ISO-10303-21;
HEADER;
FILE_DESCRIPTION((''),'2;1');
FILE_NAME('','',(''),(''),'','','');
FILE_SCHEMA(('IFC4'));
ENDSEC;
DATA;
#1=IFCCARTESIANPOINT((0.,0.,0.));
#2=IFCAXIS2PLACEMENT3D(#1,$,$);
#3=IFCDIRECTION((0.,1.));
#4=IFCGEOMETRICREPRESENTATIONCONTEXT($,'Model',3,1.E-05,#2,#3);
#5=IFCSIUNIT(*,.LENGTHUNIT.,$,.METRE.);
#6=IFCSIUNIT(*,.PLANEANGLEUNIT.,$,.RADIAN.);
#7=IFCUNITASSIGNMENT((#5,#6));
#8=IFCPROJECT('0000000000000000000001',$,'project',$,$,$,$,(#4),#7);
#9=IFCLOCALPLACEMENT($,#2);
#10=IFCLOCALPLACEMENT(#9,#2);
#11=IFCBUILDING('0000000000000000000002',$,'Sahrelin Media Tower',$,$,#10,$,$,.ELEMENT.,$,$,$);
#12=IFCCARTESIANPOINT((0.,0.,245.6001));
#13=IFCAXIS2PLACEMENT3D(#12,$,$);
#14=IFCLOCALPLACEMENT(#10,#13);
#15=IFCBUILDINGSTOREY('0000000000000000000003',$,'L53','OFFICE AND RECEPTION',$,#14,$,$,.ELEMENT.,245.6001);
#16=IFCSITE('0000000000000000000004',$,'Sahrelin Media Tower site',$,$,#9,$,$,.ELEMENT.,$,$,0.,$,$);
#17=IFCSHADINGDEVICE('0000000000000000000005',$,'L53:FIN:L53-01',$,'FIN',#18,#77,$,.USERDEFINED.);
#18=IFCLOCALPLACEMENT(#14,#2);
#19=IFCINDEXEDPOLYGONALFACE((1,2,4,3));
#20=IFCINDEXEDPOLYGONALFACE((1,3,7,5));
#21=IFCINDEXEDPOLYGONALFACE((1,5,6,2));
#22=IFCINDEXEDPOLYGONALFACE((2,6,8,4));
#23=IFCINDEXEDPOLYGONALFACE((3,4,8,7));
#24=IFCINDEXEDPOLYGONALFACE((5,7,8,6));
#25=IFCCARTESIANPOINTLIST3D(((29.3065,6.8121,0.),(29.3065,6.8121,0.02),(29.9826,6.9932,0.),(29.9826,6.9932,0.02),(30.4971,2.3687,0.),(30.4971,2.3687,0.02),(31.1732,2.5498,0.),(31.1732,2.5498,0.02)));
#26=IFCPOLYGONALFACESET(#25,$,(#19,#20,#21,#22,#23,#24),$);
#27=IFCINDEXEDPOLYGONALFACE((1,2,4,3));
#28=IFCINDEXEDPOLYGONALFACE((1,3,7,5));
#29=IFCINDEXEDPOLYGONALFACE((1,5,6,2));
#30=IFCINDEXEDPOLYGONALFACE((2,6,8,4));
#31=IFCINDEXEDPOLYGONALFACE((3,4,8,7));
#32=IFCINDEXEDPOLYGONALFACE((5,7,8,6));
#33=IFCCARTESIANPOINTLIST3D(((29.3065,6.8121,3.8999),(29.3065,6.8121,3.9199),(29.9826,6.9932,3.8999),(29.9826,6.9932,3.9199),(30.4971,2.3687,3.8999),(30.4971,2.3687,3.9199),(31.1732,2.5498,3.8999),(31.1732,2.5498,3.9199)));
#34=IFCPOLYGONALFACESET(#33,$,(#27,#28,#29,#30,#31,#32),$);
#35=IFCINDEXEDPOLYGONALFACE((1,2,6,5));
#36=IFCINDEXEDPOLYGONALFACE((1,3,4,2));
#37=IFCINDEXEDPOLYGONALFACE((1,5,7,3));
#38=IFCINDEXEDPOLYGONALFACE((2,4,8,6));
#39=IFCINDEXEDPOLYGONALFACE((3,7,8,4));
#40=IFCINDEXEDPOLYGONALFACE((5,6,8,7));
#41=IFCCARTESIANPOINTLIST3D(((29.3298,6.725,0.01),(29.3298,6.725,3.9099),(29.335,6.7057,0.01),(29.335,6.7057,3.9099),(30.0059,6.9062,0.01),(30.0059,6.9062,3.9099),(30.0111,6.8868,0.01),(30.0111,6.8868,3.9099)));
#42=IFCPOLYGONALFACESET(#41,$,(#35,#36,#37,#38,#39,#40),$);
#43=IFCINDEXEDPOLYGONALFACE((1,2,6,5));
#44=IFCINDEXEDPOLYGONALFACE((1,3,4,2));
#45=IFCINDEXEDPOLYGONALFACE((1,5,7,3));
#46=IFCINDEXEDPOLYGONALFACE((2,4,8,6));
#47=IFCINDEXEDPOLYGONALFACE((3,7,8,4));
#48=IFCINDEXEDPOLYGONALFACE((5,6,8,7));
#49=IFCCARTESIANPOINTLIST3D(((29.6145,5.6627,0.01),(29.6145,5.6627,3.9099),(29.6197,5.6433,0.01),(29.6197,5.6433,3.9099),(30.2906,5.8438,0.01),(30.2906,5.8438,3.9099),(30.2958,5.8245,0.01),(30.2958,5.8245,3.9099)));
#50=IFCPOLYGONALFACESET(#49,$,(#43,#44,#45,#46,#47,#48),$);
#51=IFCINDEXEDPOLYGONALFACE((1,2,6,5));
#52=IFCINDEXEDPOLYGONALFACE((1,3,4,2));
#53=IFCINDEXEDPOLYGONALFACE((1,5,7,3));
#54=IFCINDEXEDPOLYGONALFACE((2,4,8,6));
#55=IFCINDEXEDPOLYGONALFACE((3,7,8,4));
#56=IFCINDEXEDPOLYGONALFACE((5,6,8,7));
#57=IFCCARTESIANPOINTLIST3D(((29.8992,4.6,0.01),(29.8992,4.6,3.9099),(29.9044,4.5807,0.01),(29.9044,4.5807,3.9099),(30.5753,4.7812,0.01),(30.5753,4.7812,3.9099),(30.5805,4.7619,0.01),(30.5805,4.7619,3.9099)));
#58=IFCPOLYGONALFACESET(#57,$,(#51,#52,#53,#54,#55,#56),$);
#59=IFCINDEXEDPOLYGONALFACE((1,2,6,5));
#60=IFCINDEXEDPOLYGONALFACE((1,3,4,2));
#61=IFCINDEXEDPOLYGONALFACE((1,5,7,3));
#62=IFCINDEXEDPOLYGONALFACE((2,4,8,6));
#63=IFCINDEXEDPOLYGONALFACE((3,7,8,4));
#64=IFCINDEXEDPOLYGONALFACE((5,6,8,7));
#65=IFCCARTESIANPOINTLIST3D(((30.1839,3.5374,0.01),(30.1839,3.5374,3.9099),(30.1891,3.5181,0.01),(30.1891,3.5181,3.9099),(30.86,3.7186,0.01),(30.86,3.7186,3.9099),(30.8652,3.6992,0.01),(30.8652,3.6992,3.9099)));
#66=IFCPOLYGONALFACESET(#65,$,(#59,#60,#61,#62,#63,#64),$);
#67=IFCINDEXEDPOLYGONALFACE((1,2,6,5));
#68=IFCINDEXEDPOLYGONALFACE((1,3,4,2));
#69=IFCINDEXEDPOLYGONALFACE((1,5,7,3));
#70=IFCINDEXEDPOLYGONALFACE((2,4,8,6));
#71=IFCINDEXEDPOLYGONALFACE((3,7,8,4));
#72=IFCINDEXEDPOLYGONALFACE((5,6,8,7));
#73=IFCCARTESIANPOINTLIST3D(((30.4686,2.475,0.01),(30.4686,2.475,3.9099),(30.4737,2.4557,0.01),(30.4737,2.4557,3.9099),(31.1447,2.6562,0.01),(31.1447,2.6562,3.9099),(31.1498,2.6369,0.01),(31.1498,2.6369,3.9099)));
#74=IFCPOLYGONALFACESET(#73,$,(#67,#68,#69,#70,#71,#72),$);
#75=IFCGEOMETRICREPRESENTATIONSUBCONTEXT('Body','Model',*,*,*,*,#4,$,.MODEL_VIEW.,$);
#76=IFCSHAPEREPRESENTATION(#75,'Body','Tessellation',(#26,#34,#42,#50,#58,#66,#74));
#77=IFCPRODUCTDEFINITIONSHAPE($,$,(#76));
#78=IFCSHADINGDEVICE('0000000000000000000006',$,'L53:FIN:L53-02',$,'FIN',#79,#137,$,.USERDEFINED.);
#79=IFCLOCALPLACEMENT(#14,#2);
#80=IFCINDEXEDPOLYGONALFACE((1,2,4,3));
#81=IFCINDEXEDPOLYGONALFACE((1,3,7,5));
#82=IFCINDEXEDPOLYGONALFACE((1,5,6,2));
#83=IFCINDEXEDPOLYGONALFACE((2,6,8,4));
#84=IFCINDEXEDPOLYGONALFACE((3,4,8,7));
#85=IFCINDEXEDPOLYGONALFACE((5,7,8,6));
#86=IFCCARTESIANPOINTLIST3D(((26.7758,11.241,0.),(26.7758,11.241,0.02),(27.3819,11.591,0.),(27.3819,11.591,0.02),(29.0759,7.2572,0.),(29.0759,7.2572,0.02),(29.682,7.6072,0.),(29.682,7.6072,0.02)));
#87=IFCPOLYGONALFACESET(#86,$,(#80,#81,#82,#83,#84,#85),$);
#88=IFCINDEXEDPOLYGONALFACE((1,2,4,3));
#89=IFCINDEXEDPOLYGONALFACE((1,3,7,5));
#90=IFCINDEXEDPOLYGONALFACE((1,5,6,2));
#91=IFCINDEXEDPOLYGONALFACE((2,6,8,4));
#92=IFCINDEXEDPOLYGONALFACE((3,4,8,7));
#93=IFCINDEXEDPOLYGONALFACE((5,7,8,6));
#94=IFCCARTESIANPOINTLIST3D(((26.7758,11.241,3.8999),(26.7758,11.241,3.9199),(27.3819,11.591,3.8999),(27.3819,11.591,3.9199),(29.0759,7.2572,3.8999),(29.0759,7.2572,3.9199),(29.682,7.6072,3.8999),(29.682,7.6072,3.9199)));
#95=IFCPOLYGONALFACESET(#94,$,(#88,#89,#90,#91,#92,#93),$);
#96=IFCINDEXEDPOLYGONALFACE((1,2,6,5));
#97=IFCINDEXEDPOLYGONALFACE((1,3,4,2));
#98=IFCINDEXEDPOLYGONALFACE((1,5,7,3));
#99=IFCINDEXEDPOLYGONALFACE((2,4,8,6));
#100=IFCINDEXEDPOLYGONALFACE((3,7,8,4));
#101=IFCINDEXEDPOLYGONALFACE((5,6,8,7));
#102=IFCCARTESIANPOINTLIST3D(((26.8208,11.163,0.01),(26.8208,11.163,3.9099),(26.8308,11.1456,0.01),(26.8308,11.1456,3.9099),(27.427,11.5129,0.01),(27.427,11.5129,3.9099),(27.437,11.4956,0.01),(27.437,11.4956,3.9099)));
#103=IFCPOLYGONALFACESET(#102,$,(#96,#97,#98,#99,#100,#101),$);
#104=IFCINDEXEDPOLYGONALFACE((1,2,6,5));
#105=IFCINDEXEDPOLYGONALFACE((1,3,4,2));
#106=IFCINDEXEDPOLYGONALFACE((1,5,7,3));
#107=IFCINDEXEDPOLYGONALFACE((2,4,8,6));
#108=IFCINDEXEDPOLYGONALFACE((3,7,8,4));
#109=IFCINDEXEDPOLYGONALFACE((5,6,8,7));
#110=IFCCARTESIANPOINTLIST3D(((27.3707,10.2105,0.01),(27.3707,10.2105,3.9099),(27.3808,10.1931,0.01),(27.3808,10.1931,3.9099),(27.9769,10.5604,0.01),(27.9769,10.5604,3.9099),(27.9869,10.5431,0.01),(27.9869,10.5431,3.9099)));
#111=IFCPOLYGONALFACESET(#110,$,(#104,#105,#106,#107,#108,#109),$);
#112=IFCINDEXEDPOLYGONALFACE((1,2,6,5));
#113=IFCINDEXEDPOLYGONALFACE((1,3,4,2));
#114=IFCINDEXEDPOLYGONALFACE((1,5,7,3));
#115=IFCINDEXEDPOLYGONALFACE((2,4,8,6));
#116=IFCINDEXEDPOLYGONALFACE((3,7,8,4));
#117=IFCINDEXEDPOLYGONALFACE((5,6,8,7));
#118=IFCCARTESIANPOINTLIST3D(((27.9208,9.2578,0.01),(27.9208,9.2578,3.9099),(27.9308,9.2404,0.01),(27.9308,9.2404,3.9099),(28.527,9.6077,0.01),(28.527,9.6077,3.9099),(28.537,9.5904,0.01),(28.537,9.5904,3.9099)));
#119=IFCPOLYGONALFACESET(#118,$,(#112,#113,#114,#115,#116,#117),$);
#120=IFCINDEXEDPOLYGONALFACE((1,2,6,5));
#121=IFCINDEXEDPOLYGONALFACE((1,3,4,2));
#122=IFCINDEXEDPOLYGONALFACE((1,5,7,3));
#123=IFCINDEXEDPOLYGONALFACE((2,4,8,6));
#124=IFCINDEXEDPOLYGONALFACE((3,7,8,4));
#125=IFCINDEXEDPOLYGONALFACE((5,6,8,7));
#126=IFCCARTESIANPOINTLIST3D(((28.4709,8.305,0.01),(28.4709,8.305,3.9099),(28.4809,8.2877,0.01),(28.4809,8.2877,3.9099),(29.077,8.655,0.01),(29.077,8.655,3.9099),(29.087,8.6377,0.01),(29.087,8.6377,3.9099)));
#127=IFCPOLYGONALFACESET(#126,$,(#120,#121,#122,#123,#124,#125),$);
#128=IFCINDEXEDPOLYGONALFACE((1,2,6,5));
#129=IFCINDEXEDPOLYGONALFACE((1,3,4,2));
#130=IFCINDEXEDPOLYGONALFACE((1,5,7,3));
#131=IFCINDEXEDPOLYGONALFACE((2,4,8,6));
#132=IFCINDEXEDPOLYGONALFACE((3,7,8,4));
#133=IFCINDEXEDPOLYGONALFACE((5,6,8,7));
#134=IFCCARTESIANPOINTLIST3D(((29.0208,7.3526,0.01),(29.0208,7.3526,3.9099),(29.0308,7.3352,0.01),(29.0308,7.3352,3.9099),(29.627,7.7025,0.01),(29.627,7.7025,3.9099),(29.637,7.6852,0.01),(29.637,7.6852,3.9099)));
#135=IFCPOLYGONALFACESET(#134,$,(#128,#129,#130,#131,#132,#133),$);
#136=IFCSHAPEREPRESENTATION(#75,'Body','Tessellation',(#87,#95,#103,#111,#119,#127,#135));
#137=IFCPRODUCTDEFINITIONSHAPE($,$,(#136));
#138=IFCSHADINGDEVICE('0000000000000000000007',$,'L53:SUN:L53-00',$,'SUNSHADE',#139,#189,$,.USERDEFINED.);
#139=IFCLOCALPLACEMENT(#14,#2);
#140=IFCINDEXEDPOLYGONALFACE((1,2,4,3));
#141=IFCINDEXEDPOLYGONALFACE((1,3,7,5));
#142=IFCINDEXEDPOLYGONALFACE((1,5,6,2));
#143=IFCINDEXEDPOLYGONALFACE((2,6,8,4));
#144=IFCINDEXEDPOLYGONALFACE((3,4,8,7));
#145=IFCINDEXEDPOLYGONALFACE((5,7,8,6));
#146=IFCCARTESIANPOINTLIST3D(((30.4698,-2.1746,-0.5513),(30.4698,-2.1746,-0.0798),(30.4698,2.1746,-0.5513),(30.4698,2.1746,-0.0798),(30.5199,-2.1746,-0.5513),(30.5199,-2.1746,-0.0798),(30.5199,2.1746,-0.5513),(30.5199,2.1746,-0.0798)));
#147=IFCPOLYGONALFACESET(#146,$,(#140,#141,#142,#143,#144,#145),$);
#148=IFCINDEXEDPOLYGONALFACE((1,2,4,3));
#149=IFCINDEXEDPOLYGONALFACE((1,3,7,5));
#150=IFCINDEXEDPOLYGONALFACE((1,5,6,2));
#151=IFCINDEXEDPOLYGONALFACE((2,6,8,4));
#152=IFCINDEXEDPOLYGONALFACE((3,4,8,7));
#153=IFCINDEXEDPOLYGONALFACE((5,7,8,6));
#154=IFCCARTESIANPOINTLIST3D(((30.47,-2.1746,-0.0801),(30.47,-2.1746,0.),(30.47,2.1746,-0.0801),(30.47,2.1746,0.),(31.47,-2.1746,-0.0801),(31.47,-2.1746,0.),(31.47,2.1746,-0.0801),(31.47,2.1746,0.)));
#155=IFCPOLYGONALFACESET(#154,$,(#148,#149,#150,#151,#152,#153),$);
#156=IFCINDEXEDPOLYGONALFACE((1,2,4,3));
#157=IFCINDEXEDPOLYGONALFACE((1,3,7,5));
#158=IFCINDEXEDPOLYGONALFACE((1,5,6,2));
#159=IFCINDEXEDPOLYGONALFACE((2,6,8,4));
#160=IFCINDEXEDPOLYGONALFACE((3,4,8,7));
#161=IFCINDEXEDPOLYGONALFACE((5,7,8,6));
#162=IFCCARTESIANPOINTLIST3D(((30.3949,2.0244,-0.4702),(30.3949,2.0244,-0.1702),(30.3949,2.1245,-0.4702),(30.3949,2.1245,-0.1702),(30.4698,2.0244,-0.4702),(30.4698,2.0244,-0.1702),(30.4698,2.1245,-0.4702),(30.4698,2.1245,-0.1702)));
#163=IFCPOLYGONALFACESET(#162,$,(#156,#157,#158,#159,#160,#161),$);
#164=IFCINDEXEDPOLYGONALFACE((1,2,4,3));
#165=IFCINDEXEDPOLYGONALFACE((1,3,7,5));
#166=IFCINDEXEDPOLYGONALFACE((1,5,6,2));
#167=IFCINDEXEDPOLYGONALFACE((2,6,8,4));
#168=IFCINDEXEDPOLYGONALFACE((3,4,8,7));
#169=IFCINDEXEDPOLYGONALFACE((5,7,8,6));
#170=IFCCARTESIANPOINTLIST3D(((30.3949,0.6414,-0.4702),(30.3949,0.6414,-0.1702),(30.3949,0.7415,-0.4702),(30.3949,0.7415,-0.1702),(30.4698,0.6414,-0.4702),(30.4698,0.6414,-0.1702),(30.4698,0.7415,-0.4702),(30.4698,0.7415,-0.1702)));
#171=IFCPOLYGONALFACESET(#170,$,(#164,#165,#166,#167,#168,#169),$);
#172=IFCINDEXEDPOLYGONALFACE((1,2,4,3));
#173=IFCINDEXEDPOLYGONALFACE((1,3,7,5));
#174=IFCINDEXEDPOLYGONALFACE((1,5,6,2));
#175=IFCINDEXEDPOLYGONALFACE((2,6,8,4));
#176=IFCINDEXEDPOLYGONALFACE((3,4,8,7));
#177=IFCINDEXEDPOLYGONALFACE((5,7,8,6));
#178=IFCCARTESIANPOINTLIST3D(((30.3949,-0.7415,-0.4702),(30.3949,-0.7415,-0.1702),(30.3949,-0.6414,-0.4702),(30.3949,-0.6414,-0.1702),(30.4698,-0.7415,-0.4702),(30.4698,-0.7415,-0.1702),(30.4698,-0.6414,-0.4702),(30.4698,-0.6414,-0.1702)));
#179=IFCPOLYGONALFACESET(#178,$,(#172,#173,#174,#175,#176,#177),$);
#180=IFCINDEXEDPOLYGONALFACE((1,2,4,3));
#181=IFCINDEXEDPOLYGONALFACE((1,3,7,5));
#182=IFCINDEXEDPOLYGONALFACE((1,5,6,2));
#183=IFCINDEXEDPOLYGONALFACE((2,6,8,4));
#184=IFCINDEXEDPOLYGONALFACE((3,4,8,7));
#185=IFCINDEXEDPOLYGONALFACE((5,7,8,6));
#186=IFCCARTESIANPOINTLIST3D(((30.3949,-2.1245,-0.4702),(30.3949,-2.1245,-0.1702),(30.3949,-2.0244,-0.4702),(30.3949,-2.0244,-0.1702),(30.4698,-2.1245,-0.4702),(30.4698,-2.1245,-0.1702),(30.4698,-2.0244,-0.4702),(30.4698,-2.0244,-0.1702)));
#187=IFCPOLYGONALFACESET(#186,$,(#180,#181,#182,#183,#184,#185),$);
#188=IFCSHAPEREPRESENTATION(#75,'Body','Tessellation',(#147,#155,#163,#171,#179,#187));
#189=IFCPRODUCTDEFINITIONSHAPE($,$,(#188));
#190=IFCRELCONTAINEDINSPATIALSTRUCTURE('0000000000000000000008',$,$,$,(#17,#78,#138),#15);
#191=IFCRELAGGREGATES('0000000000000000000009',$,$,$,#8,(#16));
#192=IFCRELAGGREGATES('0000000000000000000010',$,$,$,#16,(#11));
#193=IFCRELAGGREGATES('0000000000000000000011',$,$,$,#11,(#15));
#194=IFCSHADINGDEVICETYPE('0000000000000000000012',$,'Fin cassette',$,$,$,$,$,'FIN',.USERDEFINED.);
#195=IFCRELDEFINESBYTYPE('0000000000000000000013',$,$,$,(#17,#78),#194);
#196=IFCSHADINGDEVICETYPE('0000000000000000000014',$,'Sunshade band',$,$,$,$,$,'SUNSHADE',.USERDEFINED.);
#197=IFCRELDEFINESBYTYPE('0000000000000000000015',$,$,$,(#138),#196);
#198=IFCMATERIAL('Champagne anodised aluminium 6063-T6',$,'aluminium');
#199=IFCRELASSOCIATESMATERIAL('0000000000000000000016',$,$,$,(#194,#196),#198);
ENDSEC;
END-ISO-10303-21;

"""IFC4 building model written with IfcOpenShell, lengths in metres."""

from ifc_helpers import new_model, si_unit, direction, frame, origin, origin_2d, place, context, subcontext, project, spatial, rectangle, extrude, material, type_object, element, save


model = new_model("IFC4")

# Units and contexts
model_context = context("Model", 3, precision=1e-05, world=origin(), true_north=direction((0.0, 1.0)))
body_context = subcontext(model_context, "Body", "Model", "MODEL_VIEW")
ifc_project = project(units=[si_unit("LENGTHUNIT", "METRE"), si_unit("PLANEANGLEUNIT", "RADIAN")], contexts=[model_context])

# Site, building, storey
site_placement = place(None, origin())
site = spatial("IfcSite", under=ifc_project, at=site_placement, Name="Sahrelin Media Tower site", CompositionType="ELEMENT", RefElevation=0.0)
building_placement = place(site_placement, origin())
building = spatial("IfcBuilding", under=site, at=building_placement, Name="Sahrelin Media Tower", CompositionType="ELEMENT")
storey_placement = place(building_placement, frame((0.0, 0.0, 245.6001)))
storey = spatial("IfcBuildingStorey", under=building, at=storey_placement, Name="L53", Description="OFFICE AND RECEPTION", CompositionType="ELEMENT", Elevation=245.6001)

# Shared definitions
ifc_material_1 = material(Name="Champagne anodised aluminium 6063-T6", Category="aluminium")

# Shading devices
shading_device_type_1 = type_object("IfcShadingDeviceType", Name="Fin cassette", ElementType="FIN", PredefinedType="USERDEFINED", material=ifc_material_1)
placement_1 = place(storey_placement, frame((30.45, 0.0, 0.0), z_axis=(0.0, 0.0, 1.0), x_axis=(0.0, -1.0, 0.0)))
placement_2 = place(storey_placement, frame((29.8342, 4.5723, 0.0), z_axis=(0.0, 0.0, 1.0), x_axis=(0.258808, -0.965929, 0.0)))
element("IfcShadingDevice", 1, at=placement_2, inside=storey, type_object=shading_device_type_1, Name="L53:FIN:L53-01", ObjectType="FIN", PredefinedType="USERDEFINED", context=body_context, shape_type="SweptSolid", body=[
    extrude(rectangle(XDim=4.6001, YDim=0.7, at=origin_2d()), frame((0.0, 0.4199, 0.0)), (0.0, 0.0, 1.0), 0.02),
    extrude(rectangle(XDim=4.6001, YDim=0.7, at=origin_2d()), frame((0.0, 0.4199, 3.8999)), (0.0, 0.0, 1.0), 0.02),
    extrude(rectangle(XDim=0.02, YDim=0.7, at=origin_2d()), frame((-2.2, 0.4199, 0.01), z_axis=(0.0, 0.0, 1.0), x_axis=(1.0, 0.0, 0.0)), (0.0, 0.0, 1.0), 3.8999),
    extrude(rectangle(XDim=0.02, YDim=0.7, at=origin_2d()), frame((-1.1001, 0.4199, 0.01), z_axis=(0.0, 0.0, 1.0), x_axis=(1.0, 0.0, 0.0)), (0.0, 0.0, 1.0), 3.8999),
    extrude(rectangle(XDim=0.02, YDim=0.7, at=origin_2d()), frame((0.0, 0.4199, 0.01), z_axis=(0.0, 0.0, 1.0), x_axis=(1.0, 0.0, 0.0)), (0.0, 0.0, 1.0), 3.8999),
    extrude(rectangle(XDim=0.02, YDim=0.7, at=origin_2d()), frame((1.1001, 0.4199, 0.01), z_axis=(0.0, 0.0, 1.0), x_axis=(1.0, 0.0, 0.0)), (0.0, 0.0, 1.0), 3.8999),
    extrude(rectangle(XDim=0.02, YDim=0.7, at=origin_2d()), frame((2.2, 0.4199, 0.01), z_axis=(0.0, 0.0, 1.0), x_axis=(1.0, 0.0, 0.0)), (0.0, 0.0, 1.0), 3.8999),
])
placement_3 = place(storey_placement, frame((27.8652, 9.2141, 0.0), z_axis=(0.0, 0.0, 1.0), x_axis=(0.500011, -0.866019, 0.0)))
element("IfcShadingDevice", 2, at=placement_3, inside=storey, type_object=shading_device_type_1, Name="L53:FIN:L53-02", ObjectType="FIN", PredefinedType="USERDEFINED", context=body_context, shape_type="SweptSolid", body=[
    extrude(rectangle(XDim=4.6001, YDim=0.7, at=origin_2d()), frame((0.0, 0.4199, 0.0)), (0.0, 0.0, 1.0), 0.02),
    extrude(rectangle(XDim=4.6001, YDim=0.7, at=origin_2d()), frame((0.0, 0.4199, 3.8999)), (0.0, 0.0, 1.0), 0.02),
    extrude(rectangle(XDim=0.02, YDim=0.7, at=origin_2d()), frame((-2.2, 0.4199, 0.01), z_axis=(0.0, 0.0, 1.0), x_axis=(1.0, 0.0, 0.0)), (0.0, 0.0, 1.0), 3.8999),
    extrude(rectangle(XDim=0.02, YDim=0.7, at=origin_2d()), frame((-1.1001, 0.4199, 0.01), z_axis=(0.0, 0.0, 1.0), x_axis=(1.0, 0.0, 0.0)), (0.0, 0.0, 1.0), 3.8999),
    extrude(rectangle(XDim=0.02, YDim=0.7, at=origin_2d()), frame((0.0, 0.4199, 0.01), z_axis=(0.0, 0.0, 1.0), x_axis=(1.0, 0.0, 0.0)), (0.0, 0.0, 1.0), 3.8999),
    extrude(rectangle(XDim=0.02, YDim=0.7, at=origin_2d()), frame((1.1001, 0.4199, 0.01), z_axis=(0.0, 0.0, 1.0), x_axis=(1.0, 0.0, 0.0)), (0.0, 0.0, 1.0), 3.8999),
    extrude(rectangle(XDim=0.02, YDim=0.7, at=origin_2d()), frame((2.2, 0.4199, 0.01), z_axis=(0.0, 0.0, 1.0), x_axis=(1.0, 0.0, 0.0)), (0.0, 0.0, 1.0), 3.8999),
])
shading_device_type_2 = type_object("IfcShadingDeviceType", Name="Sunshade band", ElementType="SUNSHADE", PredefinedType="USERDEFINED", material=ifc_material_1)
element("IfcShadingDevice", 3, at=placement_1, inside=storey, type_object=shading_device_type_2, Name="L53:SUN:L53-00", ObjectType="SUNSHADE", PredefinedType="USERDEFINED", context=body_context, shape_type="SweptSolid", body=[
    extrude(rectangle(XDim=4.3491, YDim=0.05, at=origin_2d()), frame((0.0, 0.0449, -0.5513)), (0.0, 0.0, 1.0), 0.4714),
    extrude(rectangle(XDim=4.3491, YDim=1.0, at=origin_2d()), frame((0.0, 0.52, -0.0801)), (0.0, 0.0, 1.0), 0.0801),
    extrude(rectangle(XDim=0.1001, YDim=0.075, at=origin_2d()), frame((-2.0745, -0.0176, -0.4702)), (0.0, 0.0, 1.0), 0.3),
    extrude(rectangle(XDim=0.1001, YDim=0.075, at=origin_2d()), frame((-0.6914, -0.0176, -0.4702)), (0.0, 0.0, 1.0), 0.3),
    extrude(rectangle(XDim=0.1001, YDim=0.075, at=origin_2d()), frame((0.6914, -0.0176, -0.4702)), (0.0, 0.0, 1.0), 0.3),
    extrude(rectangle(XDim=0.1001, YDim=0.075, at=origin_2d()), frame((2.0745, -0.0176, -0.4702)), (0.0, 0.0, 1.0), 0.3),
])

save(model, "model.ifc")
